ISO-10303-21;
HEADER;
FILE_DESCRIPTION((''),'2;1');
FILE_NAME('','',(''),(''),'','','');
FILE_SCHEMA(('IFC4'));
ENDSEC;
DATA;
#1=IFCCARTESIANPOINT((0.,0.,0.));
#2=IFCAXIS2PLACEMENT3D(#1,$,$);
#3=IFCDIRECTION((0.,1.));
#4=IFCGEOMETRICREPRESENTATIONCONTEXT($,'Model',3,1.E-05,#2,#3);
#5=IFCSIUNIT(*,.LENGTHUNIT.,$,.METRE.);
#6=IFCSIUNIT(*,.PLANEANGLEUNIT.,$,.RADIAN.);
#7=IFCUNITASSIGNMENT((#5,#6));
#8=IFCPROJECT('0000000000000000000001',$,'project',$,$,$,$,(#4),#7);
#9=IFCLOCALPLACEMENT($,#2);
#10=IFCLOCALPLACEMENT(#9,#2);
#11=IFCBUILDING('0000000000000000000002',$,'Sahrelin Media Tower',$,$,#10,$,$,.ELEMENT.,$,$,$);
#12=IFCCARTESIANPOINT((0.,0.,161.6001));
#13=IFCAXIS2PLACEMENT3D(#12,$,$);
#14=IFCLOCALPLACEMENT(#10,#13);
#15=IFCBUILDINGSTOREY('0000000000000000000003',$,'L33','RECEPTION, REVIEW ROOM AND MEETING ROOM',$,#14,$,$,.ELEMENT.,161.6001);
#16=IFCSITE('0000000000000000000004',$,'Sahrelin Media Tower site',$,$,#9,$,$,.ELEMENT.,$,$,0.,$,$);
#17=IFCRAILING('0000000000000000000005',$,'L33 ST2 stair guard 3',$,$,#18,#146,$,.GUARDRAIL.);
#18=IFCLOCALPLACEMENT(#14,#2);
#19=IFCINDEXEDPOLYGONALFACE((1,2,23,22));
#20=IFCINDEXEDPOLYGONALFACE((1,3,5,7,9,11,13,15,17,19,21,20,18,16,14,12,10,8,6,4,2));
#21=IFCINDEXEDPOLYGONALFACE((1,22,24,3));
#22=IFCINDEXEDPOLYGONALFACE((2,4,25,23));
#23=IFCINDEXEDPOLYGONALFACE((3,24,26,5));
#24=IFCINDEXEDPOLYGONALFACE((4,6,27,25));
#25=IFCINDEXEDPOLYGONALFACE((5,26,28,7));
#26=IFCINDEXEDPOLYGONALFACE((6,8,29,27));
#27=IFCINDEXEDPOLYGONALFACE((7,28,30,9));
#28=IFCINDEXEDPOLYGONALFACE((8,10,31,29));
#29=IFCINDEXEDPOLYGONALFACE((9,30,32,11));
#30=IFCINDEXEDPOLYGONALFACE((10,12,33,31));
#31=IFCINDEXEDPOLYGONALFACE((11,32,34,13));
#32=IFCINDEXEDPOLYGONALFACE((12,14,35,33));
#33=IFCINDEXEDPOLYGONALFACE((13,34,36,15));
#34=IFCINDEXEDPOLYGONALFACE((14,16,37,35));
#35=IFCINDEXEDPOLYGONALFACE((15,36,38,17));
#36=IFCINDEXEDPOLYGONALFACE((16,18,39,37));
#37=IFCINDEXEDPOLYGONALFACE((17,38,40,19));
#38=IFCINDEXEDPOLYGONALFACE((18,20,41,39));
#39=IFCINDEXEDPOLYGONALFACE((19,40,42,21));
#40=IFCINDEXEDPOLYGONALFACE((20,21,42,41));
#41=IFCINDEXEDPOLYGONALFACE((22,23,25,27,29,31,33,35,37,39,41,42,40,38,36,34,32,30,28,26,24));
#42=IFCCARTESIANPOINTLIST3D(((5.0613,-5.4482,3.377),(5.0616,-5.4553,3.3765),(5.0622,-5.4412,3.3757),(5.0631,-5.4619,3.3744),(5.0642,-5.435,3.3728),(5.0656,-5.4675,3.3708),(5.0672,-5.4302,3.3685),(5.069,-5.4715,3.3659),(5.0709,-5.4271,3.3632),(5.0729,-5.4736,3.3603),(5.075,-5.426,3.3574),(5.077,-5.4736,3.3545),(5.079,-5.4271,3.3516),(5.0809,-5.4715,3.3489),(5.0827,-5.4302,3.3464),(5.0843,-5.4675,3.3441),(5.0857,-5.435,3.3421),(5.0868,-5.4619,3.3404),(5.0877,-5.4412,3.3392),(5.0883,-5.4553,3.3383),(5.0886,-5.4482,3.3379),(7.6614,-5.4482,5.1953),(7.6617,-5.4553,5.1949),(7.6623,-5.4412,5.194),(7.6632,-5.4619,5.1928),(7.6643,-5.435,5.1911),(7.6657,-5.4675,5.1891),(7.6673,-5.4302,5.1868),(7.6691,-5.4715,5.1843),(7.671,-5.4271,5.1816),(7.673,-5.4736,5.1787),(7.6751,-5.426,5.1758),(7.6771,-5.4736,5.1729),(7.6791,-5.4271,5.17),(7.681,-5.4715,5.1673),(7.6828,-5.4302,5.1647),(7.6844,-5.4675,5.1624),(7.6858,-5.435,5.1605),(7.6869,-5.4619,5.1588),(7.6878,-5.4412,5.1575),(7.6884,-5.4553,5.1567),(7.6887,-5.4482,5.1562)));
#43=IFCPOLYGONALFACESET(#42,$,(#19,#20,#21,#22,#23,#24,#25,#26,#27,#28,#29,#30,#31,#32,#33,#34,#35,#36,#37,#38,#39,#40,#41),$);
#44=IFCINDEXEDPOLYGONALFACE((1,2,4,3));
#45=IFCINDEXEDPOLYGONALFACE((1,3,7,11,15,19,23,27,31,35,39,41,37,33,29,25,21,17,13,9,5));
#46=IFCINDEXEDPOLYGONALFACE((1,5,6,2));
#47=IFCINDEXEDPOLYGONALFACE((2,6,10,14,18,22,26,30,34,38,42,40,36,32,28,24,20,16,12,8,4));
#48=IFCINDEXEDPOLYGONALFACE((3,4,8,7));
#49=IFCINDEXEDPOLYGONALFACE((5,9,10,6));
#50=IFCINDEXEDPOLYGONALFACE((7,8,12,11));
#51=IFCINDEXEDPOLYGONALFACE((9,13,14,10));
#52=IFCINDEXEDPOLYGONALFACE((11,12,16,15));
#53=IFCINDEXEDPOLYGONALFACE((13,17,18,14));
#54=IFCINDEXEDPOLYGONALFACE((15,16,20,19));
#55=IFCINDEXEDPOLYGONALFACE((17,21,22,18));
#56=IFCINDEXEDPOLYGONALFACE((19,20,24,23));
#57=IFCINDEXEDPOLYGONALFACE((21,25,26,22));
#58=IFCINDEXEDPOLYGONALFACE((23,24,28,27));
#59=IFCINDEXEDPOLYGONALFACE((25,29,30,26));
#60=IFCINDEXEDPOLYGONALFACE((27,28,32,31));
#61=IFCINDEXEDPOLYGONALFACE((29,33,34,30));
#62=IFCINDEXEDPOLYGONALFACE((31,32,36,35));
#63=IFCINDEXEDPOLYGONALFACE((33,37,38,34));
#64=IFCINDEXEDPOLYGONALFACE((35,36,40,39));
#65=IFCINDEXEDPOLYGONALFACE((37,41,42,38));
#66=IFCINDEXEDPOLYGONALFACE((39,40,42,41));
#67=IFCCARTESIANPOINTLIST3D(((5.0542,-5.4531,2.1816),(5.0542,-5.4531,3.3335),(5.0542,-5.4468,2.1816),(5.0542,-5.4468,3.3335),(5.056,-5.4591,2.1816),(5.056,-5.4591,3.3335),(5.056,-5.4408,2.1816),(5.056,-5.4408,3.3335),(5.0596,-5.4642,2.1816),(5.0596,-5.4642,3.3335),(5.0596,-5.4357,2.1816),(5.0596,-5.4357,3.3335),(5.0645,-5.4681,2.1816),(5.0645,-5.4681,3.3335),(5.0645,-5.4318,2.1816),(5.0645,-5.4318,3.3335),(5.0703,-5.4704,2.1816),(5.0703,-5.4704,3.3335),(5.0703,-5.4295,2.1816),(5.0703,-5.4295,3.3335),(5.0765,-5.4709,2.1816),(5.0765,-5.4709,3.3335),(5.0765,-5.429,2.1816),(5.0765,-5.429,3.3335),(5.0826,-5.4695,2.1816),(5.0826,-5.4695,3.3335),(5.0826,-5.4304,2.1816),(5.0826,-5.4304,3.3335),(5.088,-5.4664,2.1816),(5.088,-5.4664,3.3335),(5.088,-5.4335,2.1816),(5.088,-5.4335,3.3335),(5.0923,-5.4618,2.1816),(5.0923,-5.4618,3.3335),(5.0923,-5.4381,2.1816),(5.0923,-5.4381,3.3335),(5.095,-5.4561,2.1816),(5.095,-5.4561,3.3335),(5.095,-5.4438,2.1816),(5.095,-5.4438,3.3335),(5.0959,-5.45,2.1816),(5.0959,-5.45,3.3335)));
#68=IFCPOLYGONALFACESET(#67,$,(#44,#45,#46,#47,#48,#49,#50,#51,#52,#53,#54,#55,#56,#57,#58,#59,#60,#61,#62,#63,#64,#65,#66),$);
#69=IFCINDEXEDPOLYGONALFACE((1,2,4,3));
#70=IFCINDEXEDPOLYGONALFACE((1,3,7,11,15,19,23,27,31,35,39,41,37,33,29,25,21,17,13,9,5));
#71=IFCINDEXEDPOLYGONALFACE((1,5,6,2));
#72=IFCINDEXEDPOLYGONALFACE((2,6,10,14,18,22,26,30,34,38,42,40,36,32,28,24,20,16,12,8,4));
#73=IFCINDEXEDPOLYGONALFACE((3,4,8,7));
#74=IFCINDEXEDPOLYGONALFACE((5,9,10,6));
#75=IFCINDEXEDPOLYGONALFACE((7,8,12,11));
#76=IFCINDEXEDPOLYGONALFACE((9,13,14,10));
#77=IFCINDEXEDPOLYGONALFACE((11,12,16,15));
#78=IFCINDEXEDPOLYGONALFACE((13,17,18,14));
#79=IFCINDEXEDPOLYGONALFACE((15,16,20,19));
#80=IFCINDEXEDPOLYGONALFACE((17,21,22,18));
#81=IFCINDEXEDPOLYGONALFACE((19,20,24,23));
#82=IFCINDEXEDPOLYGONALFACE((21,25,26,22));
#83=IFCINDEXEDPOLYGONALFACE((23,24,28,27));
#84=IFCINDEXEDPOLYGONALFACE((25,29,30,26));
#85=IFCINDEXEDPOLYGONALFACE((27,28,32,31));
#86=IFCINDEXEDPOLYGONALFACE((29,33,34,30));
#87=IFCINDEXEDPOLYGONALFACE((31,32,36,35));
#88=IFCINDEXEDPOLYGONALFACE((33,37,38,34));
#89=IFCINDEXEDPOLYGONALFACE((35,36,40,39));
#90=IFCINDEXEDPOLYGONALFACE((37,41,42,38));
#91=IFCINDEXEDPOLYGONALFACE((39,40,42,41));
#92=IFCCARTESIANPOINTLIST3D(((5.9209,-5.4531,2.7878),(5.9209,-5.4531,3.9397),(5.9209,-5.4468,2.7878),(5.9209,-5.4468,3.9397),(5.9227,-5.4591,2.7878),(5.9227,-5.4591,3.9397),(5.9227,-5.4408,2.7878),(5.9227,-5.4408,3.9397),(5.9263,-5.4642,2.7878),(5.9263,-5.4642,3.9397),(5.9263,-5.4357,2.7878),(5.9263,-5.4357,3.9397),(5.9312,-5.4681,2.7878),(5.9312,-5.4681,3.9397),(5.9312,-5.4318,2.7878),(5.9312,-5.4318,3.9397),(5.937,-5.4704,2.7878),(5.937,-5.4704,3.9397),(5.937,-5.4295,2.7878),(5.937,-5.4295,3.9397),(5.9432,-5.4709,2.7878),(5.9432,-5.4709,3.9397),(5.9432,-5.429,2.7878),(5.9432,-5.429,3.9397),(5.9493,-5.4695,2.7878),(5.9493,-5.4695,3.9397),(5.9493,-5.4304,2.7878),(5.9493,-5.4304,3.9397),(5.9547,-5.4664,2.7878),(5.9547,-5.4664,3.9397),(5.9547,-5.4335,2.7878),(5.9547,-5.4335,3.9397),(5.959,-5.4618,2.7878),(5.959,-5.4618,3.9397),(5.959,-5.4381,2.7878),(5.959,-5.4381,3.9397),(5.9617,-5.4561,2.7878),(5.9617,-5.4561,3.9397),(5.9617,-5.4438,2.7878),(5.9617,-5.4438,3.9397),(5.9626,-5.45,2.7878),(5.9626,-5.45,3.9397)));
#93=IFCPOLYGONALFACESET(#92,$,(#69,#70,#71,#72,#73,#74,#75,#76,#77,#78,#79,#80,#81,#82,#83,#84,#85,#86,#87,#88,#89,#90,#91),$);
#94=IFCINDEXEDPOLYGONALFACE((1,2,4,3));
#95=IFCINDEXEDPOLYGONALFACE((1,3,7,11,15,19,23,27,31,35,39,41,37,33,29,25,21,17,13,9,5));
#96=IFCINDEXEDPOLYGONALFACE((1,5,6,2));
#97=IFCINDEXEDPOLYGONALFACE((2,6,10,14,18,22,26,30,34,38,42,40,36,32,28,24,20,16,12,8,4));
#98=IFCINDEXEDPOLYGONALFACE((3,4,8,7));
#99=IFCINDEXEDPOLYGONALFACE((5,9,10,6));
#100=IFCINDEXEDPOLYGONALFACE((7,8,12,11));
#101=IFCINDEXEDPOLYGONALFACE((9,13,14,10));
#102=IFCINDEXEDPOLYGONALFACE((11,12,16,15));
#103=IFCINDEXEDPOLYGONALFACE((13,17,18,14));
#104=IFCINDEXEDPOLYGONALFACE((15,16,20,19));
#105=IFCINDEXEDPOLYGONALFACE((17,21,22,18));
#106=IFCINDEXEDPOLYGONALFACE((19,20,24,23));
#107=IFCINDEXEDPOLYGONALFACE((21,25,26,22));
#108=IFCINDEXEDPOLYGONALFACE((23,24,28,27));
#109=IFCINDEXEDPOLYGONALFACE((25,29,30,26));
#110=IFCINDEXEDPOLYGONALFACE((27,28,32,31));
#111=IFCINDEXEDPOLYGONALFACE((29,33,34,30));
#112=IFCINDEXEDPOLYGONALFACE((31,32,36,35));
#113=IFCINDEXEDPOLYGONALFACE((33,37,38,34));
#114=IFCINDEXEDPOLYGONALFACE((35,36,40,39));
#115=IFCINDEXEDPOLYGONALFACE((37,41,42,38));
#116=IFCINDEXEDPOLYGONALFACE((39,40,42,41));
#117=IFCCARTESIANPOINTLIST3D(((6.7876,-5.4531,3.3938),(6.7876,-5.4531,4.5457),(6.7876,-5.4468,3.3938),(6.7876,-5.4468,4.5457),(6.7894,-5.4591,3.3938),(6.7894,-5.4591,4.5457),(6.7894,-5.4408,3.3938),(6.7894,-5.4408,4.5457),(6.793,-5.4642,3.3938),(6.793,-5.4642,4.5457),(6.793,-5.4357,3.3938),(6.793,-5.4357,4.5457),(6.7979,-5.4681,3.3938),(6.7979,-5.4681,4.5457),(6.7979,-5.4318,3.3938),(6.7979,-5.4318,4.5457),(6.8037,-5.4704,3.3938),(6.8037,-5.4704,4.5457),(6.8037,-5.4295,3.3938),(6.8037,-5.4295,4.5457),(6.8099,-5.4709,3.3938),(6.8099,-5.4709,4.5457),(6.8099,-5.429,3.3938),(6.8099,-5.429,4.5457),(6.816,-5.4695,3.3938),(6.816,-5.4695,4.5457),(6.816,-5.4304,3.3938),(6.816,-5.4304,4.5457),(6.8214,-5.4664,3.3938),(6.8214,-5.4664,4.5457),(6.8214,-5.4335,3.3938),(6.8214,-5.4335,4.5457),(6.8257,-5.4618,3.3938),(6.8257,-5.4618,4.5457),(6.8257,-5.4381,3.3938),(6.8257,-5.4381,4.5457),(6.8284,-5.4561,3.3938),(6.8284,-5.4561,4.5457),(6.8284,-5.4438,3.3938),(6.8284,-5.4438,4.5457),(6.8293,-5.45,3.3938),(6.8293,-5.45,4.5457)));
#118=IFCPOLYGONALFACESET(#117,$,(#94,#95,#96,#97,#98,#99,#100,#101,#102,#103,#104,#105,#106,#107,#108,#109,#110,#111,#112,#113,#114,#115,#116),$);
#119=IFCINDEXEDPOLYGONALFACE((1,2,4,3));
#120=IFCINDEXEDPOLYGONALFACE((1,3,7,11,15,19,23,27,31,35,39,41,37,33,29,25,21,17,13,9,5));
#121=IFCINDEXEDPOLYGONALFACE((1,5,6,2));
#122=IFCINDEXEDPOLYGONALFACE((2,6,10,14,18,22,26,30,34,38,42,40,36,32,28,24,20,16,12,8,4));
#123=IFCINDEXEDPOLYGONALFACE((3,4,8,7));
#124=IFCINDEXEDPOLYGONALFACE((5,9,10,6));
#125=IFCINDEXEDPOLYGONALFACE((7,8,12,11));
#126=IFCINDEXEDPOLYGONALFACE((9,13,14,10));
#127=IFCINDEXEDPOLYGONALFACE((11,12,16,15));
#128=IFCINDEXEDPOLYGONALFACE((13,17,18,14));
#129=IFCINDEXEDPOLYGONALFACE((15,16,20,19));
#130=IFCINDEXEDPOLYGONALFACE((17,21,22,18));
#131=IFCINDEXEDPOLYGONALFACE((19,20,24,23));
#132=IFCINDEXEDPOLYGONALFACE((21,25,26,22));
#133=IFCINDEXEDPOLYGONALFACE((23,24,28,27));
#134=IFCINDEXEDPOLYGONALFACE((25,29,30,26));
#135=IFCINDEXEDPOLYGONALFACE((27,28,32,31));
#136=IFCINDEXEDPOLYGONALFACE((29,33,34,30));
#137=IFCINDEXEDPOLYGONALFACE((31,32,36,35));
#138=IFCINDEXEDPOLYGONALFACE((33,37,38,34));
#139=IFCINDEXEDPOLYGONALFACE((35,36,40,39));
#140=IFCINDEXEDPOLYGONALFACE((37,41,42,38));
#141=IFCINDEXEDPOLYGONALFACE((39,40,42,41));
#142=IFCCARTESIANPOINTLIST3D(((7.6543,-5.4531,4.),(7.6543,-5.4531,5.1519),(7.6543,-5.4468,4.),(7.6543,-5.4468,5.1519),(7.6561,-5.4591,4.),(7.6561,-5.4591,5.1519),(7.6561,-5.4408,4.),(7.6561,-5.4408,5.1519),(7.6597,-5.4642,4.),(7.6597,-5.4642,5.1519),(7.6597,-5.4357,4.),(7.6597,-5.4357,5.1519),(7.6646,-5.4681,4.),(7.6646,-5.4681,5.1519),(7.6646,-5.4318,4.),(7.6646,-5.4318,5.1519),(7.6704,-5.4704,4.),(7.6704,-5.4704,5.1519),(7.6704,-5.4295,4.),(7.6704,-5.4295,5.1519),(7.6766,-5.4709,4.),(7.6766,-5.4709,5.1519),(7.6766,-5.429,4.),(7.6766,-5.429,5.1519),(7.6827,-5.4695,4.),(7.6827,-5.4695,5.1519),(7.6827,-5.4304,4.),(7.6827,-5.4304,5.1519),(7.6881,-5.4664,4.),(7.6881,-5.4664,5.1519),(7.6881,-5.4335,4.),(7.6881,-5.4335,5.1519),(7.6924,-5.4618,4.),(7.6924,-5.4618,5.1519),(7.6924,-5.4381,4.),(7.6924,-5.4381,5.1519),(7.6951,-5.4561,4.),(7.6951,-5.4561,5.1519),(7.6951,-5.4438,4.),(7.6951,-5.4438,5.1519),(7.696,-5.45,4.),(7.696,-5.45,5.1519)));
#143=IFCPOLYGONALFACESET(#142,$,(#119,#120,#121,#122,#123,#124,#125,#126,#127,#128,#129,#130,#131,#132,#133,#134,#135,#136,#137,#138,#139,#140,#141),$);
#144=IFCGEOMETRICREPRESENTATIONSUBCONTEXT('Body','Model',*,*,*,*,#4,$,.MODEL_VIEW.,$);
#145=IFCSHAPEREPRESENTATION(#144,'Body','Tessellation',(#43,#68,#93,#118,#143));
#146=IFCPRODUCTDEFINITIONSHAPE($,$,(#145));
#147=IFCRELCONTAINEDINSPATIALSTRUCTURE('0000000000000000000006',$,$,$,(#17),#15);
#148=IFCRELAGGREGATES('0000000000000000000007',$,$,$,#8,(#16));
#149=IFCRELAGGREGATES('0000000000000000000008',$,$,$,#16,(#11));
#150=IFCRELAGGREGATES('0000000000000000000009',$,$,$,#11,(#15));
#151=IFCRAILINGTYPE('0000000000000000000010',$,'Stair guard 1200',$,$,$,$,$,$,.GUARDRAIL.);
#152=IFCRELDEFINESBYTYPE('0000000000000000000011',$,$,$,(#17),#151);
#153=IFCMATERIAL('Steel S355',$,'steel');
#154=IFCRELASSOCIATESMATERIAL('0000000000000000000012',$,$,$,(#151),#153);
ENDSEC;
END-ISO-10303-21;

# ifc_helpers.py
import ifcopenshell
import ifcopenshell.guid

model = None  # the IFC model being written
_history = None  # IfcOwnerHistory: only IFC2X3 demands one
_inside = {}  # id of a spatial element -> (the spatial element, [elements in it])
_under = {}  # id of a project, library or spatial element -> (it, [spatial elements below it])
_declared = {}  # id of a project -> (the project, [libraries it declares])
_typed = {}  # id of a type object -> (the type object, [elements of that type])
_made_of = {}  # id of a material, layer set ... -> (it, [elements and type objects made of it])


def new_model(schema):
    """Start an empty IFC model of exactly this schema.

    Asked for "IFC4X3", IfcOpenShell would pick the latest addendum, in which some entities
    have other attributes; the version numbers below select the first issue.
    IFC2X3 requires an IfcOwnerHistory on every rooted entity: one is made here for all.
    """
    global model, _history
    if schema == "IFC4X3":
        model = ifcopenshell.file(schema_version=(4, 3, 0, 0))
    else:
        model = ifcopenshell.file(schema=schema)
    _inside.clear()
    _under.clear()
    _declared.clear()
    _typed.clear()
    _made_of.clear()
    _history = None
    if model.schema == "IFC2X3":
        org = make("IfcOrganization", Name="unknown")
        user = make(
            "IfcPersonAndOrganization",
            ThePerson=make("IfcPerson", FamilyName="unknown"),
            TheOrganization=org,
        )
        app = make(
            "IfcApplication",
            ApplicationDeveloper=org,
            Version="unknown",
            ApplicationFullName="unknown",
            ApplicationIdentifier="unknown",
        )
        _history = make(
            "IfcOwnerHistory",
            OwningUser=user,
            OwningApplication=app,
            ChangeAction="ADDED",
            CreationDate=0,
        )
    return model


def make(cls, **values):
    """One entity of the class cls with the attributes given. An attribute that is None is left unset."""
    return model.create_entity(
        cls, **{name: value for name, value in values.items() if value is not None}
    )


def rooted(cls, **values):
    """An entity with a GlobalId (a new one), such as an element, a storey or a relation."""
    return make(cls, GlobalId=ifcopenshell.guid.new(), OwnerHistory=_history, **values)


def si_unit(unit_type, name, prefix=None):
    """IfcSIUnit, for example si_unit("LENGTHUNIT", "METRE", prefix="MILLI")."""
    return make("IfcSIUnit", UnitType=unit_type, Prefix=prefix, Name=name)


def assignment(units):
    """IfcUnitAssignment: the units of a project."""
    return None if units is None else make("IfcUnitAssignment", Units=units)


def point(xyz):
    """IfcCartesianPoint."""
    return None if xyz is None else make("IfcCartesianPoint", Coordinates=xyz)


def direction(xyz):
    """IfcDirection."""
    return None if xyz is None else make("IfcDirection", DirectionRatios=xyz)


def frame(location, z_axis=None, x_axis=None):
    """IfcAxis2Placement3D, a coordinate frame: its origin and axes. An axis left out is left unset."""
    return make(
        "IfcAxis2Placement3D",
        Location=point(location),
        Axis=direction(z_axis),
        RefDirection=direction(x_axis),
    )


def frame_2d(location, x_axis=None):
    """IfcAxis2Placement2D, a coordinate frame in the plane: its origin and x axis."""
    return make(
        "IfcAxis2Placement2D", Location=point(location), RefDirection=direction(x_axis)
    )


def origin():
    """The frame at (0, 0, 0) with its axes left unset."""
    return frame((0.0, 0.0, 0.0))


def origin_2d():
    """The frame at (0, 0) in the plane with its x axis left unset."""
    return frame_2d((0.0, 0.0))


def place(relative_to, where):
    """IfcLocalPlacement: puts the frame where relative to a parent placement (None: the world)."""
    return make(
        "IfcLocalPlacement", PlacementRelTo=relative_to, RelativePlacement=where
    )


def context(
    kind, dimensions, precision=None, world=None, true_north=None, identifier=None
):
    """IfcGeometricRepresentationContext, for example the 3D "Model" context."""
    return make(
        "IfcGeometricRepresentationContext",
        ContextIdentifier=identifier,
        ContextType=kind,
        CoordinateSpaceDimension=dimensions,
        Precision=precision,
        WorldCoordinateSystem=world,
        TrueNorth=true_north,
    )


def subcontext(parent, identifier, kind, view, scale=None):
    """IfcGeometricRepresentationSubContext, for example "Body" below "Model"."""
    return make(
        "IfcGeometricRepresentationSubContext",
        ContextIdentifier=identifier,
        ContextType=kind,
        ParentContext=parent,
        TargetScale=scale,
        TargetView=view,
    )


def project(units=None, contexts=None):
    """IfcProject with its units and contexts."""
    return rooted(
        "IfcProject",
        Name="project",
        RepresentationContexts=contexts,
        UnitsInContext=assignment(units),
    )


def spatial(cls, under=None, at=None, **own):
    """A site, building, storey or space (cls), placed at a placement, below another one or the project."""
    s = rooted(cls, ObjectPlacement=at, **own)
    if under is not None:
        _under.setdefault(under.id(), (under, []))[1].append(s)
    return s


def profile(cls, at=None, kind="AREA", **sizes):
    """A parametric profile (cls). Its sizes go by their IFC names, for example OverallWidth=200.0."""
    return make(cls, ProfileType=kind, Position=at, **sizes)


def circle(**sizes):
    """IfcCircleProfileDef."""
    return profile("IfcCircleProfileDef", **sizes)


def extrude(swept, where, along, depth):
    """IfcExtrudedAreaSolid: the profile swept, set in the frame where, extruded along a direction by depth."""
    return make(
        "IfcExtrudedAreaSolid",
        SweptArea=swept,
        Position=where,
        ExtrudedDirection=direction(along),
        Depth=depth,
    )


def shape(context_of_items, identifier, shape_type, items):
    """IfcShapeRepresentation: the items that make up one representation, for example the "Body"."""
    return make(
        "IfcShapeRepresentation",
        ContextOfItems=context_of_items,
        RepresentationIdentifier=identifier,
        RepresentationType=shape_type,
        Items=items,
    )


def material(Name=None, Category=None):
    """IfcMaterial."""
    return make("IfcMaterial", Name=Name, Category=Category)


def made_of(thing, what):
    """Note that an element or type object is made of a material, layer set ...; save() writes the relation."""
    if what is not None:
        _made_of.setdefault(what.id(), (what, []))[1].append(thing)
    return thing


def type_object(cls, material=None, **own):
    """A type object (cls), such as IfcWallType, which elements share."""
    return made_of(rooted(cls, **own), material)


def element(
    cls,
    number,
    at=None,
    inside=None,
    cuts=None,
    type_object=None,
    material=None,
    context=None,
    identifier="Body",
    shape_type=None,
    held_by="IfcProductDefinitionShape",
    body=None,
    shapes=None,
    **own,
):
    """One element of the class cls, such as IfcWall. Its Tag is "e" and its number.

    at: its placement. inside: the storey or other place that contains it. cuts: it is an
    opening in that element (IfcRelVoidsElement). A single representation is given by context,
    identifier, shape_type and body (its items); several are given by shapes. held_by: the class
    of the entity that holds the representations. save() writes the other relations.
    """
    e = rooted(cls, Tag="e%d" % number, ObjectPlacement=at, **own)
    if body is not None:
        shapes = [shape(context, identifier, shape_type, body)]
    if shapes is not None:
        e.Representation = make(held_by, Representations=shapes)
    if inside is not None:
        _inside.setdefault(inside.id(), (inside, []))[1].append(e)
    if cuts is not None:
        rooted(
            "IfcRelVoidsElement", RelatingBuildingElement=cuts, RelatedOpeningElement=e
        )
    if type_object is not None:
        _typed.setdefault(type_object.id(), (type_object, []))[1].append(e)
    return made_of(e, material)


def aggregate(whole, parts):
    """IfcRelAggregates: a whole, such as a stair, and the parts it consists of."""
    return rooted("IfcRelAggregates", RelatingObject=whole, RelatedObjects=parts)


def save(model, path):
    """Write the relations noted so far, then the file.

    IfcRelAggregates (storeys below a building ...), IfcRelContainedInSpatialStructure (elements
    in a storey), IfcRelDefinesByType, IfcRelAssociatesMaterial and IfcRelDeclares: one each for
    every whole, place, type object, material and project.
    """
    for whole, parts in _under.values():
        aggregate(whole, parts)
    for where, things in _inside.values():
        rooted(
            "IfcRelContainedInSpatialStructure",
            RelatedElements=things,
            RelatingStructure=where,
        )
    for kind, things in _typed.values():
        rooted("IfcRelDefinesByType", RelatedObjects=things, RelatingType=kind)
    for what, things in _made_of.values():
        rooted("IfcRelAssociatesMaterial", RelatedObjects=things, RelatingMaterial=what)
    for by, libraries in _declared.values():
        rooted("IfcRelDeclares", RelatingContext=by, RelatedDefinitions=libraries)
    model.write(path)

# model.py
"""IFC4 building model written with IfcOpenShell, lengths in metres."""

from ifc_helpers import new_model, si_unit, direction, frame, origin, origin_2d, place, context, subcontext, project, spatial, circle, extrude, material, type_object, element, save


model = new_model("IFC4")

# Units and contexts
model_context = context("Model", 3, precision=1e-05, world=origin(), true_north=direction((0.0, 1.0)))
body_context = subcontext(model_context, "Body", "Model", "MODEL_VIEW")
ifc_project = project(units=[si_unit("LENGTHUNIT", "METRE"), si_unit("PLANEANGLEUNIT", "RADIAN")], contexts=[model_context])

# Site, building, storey
site_placement = place(None, origin())
site = spatial("IfcSite", under=ifc_project, at=site_placement, Name="Sahrelin Media Tower site", CompositionType="ELEMENT", RefElevation=0.0)
building_placement = place(site_placement, origin())
building = spatial("IfcBuilding", under=site, at=building_placement, Name="Sahrelin Media Tower", CompositionType="ELEMENT")
storey_placement = place(building_placement, frame((0.0, 0.0, 161.6001)))
storey = spatial("IfcBuildingStorey", under=building, at=storey_placement, Name="L33", Description="RECEPTION, REVIEW ROOM AND MEETING ROOM", CompositionType="ELEMENT", Elevation=161.6001)

# Shared definitions
ifc_material_1 = material(Name="Steel S355", Category="steel")

# Railing
railing_type_1 = type_object("IfcRailingType", Name="Stair guard 1200", PredefinedType="GUARDRAIL", material=ifc_material_1)
railing_1_placement = place(storey_placement, frame((5.075, -5.45, 2.1816)))
element("IfcRailing", 1, at=railing_1_placement, inside=storey, type_object=railing_type_1, Name="L33 ST2 stair guard 3", PredefinedType="GUARDRAIL", context=body_context, shape_type="SweptSolid", body=[
    extrude(circle(Radius=0.0239, at=origin_2d()), frame((0.0, 0.0, 1.1758), z_axis=(0.819485, 0.0, 0.573101), x_axis=(0.0, 1.0, 0.0)), (0.0, 0.0, 1.0), 3.1729),
    extrude(circle(Radius=0.021, at=origin_2d()), origin(), (0.0, 0.0, 1.0), 1.1519),
    extrude(circle(Radius=0.021, at=origin_2d()), frame((0.8667, 0.0, 0.6062)), (0.0, 0.0, 1.0), 1.1519),
    extrude(circle(Radius=0.021, at=origin_2d()), frame((1.7334, 0.0, 1.2122)), (0.0, 0.0, 1.0), 1.1519),
    extrude(circle(Radius=0.021, at=origin_2d()), frame((2.6001, 0.0, 1.8184)), (0.0, 0.0, 1.0), 1.1519),
])

save(model, "model.ifc")
